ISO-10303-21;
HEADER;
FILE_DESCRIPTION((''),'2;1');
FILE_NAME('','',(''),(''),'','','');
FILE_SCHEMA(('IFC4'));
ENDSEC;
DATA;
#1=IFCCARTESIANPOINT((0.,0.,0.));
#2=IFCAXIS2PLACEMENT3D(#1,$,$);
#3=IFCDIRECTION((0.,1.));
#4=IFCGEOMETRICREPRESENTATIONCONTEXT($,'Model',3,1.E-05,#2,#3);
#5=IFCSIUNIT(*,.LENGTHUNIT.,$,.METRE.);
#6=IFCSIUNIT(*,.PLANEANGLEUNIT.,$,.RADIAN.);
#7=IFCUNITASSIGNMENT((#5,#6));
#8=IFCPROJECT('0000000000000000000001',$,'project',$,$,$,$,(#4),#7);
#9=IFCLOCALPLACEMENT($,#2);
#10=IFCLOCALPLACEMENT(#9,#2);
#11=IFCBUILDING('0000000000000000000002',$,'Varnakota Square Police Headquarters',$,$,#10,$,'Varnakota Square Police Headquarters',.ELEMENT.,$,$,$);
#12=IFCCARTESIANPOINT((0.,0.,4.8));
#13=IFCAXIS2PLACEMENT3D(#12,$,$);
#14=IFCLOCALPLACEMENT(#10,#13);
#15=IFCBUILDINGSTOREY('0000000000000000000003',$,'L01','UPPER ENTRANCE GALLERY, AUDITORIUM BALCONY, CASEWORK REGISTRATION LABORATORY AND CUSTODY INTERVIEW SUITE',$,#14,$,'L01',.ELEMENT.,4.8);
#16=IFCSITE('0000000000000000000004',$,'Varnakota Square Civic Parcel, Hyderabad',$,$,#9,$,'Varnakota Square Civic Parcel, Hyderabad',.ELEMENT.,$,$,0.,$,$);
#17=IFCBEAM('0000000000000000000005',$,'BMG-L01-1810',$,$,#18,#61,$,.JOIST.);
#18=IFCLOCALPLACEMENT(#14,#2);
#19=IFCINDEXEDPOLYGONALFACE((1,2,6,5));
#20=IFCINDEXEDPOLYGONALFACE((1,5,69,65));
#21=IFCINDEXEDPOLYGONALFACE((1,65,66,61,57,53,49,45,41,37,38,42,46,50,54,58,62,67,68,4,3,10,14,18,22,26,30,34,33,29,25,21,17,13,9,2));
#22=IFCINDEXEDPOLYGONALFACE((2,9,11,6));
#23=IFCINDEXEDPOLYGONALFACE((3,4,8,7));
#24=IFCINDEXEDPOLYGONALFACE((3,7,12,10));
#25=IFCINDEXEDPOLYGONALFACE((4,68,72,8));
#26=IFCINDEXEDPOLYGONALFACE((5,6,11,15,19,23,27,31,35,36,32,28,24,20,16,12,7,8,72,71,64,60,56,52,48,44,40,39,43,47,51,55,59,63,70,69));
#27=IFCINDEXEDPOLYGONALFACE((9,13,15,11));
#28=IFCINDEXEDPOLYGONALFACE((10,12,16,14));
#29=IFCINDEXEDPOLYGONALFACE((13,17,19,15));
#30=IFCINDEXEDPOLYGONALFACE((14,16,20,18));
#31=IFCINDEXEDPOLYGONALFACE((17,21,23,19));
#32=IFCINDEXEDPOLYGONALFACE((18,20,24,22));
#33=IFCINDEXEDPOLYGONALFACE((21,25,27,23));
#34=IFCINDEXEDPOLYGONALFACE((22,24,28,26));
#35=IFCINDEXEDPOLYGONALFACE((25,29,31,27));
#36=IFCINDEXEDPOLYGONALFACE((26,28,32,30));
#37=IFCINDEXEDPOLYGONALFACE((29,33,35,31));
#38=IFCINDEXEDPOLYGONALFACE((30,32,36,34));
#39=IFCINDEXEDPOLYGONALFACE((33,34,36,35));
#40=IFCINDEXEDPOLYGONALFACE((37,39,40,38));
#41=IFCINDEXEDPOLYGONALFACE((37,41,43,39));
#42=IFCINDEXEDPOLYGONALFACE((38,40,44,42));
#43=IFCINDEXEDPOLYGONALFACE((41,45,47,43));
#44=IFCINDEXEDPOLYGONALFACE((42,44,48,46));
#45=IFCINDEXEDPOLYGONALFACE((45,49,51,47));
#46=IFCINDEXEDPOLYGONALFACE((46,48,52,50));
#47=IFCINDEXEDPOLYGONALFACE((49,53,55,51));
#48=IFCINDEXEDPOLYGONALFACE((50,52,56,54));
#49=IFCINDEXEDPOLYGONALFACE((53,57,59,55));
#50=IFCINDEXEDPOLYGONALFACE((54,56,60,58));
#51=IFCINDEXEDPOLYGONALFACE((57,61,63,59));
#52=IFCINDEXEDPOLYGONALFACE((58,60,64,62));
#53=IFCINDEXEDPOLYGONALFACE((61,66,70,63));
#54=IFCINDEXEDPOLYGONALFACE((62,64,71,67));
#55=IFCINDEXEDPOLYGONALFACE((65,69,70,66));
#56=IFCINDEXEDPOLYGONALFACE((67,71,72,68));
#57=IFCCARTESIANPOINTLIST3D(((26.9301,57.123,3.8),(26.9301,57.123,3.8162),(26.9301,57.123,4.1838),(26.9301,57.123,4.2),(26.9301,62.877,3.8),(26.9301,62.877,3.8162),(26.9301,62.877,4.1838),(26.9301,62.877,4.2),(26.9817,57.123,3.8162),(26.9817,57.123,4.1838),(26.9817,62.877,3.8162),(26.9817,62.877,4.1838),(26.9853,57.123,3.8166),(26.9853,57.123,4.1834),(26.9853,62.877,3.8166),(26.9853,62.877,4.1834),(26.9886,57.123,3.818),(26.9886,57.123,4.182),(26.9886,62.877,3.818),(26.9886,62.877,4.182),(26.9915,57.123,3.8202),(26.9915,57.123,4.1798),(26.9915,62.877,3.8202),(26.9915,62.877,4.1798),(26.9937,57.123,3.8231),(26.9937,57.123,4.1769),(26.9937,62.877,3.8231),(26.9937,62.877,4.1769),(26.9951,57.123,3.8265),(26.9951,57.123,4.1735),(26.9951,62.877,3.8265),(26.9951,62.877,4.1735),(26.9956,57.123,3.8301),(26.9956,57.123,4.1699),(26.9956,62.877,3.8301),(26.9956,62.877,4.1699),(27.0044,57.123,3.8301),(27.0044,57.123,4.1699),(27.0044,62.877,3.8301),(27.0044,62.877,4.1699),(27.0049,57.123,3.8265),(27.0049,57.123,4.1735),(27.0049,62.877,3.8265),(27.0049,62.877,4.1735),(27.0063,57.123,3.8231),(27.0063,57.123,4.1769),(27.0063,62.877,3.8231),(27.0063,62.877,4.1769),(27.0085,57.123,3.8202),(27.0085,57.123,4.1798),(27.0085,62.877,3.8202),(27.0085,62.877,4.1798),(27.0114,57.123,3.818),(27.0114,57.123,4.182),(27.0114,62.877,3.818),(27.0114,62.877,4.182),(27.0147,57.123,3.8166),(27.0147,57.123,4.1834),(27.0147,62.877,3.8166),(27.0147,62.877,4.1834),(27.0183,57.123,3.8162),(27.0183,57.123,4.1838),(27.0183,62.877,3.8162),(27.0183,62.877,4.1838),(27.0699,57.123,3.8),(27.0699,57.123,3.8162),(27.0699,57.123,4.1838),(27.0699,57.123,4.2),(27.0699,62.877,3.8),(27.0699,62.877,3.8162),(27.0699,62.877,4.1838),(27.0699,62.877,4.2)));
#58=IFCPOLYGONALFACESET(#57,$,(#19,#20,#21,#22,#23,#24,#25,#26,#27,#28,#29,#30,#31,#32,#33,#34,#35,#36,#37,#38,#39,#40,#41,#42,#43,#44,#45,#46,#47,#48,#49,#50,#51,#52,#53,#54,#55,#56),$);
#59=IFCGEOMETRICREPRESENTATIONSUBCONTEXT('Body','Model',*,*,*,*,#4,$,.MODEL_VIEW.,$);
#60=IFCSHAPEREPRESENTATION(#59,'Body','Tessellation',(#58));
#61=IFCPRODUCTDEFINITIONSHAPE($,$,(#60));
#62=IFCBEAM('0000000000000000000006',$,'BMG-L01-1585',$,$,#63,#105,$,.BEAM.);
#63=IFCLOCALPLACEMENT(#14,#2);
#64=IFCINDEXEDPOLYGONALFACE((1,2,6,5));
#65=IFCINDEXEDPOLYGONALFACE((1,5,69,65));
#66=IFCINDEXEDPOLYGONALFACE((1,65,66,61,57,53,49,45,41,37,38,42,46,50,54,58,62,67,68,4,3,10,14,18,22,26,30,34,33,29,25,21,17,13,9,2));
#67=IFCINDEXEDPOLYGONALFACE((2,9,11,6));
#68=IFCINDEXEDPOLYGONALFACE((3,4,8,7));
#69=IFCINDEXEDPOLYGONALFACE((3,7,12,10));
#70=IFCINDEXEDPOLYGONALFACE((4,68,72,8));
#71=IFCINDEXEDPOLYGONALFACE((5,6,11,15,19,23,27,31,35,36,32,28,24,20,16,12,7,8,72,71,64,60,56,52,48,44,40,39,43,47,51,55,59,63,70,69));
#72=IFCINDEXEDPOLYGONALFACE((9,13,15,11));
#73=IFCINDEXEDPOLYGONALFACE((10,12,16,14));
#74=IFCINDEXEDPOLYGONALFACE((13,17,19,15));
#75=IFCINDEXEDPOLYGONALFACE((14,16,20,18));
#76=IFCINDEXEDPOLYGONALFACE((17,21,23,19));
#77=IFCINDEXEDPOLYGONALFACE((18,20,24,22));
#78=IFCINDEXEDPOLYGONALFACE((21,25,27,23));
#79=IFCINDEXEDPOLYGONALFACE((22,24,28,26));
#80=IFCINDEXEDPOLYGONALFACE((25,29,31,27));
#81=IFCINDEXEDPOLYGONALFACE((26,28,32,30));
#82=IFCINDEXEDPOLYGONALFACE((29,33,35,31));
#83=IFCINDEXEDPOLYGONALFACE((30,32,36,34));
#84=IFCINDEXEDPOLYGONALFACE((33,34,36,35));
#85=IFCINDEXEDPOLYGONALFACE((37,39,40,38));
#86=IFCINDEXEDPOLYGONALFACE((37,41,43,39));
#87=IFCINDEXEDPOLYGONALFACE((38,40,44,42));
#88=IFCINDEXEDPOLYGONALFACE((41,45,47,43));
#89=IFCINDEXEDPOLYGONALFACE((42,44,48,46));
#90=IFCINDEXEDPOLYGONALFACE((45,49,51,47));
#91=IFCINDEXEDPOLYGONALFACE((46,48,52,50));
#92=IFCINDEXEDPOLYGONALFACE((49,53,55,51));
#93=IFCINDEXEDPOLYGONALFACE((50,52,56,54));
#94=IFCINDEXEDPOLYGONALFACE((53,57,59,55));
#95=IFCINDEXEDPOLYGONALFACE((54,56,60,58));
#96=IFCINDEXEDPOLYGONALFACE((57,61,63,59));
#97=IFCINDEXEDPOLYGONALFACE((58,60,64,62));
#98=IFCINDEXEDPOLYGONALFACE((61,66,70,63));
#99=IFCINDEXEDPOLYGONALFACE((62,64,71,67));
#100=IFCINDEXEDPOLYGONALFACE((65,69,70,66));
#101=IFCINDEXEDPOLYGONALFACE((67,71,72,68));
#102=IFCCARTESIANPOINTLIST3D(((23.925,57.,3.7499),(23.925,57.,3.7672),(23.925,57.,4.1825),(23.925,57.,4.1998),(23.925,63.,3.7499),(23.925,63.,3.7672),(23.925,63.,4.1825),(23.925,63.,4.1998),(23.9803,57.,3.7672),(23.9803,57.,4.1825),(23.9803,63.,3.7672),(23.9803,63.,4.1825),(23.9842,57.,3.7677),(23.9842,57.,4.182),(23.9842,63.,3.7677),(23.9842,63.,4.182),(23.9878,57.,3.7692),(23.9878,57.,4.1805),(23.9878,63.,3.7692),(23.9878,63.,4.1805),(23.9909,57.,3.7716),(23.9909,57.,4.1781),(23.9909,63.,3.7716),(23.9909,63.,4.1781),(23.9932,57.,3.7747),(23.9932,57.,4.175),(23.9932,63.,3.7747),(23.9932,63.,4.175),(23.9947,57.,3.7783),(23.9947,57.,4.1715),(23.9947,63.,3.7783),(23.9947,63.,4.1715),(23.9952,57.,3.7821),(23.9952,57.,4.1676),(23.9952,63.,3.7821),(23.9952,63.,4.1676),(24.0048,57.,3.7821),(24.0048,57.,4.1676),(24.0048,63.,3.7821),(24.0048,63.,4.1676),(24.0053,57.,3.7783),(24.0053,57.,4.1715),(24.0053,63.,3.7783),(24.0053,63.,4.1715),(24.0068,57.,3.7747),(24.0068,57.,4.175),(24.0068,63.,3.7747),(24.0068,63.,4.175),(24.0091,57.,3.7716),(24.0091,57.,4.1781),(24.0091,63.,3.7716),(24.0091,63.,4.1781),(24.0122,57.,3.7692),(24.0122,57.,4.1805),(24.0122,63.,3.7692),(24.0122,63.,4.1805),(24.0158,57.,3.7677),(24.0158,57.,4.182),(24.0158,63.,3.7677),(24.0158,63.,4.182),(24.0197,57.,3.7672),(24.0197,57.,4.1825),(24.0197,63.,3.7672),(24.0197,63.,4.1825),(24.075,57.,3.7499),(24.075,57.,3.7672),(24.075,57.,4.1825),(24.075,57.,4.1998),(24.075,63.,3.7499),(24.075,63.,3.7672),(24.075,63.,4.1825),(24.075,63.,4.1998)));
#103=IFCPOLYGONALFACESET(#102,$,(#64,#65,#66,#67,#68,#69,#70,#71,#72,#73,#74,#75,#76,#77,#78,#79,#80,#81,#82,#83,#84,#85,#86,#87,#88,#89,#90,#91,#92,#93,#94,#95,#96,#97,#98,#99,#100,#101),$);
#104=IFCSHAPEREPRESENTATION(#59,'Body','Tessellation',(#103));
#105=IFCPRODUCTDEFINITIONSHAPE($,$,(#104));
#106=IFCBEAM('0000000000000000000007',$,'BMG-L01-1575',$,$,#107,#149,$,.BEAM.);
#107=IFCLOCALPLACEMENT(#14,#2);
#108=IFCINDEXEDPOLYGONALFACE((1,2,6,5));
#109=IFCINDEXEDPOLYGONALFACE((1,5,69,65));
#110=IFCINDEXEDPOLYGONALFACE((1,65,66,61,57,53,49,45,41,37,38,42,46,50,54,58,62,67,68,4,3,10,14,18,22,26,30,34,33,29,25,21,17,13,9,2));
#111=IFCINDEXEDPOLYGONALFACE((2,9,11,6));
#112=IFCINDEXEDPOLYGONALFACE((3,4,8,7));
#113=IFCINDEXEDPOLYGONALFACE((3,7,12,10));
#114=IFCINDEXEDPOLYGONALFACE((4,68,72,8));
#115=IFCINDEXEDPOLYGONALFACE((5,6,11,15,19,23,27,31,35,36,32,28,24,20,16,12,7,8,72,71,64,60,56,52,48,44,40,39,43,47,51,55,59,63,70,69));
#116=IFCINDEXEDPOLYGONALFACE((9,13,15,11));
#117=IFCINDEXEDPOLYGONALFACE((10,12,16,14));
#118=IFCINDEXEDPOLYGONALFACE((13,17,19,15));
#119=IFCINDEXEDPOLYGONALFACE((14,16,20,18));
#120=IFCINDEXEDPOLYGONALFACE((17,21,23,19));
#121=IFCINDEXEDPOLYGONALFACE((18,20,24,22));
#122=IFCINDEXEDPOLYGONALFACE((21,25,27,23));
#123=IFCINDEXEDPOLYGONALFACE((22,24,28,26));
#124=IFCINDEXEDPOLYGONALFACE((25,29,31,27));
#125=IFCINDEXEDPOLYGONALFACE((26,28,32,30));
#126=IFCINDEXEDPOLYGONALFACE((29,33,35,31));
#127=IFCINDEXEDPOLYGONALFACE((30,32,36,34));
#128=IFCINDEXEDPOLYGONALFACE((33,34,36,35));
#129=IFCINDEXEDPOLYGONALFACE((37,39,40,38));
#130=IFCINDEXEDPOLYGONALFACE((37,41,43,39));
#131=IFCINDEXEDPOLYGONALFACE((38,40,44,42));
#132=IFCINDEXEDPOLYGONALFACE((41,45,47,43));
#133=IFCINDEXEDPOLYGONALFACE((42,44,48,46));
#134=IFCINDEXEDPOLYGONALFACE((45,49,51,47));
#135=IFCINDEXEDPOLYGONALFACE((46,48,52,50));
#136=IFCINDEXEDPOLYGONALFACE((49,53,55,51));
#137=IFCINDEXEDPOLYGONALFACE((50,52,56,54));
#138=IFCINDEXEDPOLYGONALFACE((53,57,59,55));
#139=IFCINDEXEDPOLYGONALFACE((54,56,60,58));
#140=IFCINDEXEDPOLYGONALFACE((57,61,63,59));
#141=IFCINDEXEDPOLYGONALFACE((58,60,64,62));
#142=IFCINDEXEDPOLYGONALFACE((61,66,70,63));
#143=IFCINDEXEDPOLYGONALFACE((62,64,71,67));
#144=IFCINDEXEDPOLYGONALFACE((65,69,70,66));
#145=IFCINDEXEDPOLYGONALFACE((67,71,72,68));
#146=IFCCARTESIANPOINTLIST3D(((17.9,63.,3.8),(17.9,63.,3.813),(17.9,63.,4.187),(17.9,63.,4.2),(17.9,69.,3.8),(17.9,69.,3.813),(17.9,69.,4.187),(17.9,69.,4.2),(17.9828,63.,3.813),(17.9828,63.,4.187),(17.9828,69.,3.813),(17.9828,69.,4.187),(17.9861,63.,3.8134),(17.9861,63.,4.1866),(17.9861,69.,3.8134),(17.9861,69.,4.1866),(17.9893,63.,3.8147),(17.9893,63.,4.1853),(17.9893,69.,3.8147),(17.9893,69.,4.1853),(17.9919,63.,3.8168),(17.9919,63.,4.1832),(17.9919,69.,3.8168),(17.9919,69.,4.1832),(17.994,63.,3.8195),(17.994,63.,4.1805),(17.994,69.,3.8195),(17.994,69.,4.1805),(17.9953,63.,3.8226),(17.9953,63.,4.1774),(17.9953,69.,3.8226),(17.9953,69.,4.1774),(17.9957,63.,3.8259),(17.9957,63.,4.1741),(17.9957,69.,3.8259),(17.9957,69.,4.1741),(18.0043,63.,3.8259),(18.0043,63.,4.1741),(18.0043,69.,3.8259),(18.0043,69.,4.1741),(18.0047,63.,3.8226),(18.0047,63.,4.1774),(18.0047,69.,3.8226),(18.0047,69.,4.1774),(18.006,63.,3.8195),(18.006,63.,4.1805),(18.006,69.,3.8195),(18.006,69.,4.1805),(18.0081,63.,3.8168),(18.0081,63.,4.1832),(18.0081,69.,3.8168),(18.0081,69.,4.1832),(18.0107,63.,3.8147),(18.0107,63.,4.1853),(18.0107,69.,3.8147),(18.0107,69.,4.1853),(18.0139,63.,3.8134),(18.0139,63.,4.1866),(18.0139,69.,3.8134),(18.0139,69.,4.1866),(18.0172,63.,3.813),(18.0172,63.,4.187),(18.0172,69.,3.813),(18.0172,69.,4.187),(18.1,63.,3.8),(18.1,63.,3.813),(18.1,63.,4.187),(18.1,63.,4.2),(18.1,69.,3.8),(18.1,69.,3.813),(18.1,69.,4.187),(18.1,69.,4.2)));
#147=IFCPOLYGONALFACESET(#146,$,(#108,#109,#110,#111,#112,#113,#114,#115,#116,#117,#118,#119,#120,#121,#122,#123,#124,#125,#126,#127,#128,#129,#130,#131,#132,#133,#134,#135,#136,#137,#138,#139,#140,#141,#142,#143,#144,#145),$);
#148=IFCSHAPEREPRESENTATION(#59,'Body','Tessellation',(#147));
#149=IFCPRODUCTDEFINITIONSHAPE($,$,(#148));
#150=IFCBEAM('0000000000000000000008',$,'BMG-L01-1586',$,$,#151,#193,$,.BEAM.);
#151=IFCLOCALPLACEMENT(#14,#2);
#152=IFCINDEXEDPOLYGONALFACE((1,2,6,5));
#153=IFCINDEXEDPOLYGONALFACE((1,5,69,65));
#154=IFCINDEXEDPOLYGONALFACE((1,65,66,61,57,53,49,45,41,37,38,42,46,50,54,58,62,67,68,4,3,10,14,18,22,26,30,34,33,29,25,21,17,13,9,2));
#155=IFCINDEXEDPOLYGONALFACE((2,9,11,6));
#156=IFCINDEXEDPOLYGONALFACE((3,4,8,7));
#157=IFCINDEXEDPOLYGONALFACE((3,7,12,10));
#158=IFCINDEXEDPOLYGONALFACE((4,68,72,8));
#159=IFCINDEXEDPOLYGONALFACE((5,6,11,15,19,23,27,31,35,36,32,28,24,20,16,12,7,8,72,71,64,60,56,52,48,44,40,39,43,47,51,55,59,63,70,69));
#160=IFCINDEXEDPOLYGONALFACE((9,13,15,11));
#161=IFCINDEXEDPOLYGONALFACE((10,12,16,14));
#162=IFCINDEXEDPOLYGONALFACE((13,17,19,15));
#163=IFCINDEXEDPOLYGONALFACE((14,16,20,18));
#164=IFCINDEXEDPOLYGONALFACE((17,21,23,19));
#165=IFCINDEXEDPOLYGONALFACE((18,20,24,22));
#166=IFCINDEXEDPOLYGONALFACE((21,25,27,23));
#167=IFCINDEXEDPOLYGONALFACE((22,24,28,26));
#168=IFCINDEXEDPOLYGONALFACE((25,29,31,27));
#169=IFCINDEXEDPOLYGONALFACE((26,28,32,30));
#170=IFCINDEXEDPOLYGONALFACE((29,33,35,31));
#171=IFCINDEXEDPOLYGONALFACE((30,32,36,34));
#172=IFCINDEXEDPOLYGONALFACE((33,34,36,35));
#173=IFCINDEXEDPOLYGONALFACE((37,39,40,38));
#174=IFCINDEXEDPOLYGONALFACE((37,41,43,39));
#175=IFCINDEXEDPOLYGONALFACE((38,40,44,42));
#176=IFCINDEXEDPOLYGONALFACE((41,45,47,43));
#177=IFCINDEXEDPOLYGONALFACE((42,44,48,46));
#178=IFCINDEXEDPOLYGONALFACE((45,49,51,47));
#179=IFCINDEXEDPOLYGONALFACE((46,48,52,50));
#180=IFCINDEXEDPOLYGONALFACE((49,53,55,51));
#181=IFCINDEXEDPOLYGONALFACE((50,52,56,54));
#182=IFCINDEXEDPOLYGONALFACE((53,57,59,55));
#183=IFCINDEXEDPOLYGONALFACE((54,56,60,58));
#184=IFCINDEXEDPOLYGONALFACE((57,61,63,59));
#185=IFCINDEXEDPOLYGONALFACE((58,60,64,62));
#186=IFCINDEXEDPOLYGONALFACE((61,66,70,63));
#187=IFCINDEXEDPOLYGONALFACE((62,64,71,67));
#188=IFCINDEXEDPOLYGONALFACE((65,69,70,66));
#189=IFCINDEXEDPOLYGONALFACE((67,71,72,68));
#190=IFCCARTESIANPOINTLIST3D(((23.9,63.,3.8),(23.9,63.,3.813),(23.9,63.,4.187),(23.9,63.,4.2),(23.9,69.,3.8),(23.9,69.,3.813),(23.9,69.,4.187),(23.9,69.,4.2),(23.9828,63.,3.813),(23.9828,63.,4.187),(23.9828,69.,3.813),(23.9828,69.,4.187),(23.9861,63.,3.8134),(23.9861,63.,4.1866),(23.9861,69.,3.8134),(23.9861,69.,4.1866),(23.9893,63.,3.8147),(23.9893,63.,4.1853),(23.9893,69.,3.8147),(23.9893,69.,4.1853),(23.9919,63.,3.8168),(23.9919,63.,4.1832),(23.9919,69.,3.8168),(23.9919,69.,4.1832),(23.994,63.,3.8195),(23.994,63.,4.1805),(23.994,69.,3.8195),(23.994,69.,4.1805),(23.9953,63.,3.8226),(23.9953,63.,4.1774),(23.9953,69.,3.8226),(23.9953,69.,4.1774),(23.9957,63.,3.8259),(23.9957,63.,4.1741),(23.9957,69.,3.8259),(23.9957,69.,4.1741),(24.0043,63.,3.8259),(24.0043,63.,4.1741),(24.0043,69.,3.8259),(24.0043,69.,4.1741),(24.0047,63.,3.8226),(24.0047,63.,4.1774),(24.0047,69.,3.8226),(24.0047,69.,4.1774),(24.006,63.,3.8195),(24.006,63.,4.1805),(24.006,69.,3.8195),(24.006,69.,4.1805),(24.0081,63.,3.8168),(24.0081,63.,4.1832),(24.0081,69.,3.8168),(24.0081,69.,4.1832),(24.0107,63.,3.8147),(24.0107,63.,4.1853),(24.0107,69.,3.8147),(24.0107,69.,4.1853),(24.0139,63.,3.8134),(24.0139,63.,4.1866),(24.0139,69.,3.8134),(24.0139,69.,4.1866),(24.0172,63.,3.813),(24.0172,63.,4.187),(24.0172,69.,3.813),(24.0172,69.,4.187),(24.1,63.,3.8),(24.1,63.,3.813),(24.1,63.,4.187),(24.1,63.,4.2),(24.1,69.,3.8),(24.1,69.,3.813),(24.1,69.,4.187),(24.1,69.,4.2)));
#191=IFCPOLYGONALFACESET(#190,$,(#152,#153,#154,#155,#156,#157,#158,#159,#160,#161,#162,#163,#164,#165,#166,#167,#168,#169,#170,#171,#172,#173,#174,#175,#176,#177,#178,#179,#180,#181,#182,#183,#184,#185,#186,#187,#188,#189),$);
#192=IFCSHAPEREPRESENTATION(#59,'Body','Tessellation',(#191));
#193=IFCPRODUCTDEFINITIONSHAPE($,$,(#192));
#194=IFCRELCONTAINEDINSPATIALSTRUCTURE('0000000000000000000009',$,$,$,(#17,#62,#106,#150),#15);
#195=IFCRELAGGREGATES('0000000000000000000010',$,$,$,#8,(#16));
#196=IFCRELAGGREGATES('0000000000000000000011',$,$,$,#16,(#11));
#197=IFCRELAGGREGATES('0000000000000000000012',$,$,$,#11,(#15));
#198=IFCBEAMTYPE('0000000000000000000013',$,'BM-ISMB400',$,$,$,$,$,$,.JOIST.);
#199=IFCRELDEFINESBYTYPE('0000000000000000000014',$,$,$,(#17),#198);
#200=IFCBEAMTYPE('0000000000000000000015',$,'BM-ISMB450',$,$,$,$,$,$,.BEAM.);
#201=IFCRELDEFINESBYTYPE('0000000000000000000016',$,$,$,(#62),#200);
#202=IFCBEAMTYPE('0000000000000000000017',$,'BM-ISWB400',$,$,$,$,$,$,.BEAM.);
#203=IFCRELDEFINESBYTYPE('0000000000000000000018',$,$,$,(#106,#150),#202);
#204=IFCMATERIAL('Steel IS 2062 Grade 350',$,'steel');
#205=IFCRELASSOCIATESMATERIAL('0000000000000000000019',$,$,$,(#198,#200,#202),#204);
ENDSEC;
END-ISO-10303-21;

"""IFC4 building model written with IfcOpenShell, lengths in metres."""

from ifc_helpers import new_model, si_unit, direction, frame, origin, origin_2d, place, context, subcontext, project, spatial, i_section, extrude, material, material_profile, profile_set, type_object, element, save


model = new_model("IFC4")

# Units and contexts
model_context = context("Model", 3, precision=1e-05, world=origin(), true_north=direction((0.0, 1.0)))
body_context = subcontext(model_context, "Body", "Model", "MODEL_VIEW")
ifc_project = project(units=[si_unit("LENGTHUNIT", "METRE"), si_unit("PLANEANGLEUNIT", "RADIAN")], contexts=[model_context])

# Site, building, storey
site_placement = place(None, origin())
site = spatial("IfcSite", under=ifc_project, at=site_placement, Name="Varnakota Square Civic Parcel, Hyderabad", LongName="Varnakota Square Civic Parcel, Hyderabad", CompositionType="ELEMENT", RefElevation=0.0)
building_placement = place(site_placement, origin())
building = spatial("IfcBuilding", under=site, at=building_placement, Name="Varnakota Square Police Headquarters", LongName="Varnakota Square Police Headquarters", CompositionType="ELEMENT")
storey_placement = place(building_placement, frame((0.0, 0.0, 4.8)))
storey = spatial("IfcBuildingStorey", under=building, at=storey_placement, Name="L01", Description="UPPER ENTRANCE GALLERY, AUDITORIUM BALCONY, CASEWORK REGISTRATION LABORATORY AND CUSTODY INTERVIEW SUITE", LongName="L01", CompositionType="ELEMENT", Elevation=4.8)

# Shared definitions
ifc_material_1 = material(Name="Steel IS 2062 Grade 350", Category="steel")

# Beams
ifc_material_profile_1 = material_profile(ifc_material_1, i_section(OverallWidth=0.1399, OverallDepth=0.3999, WebThickness=0.0088, FlangeThickness=0.0161, FilletRadius=0.0139, at=origin_2d()), Name="ISMB 400")
ifc_profile_set_1 = profile_set([ifc_material_profile_1], Name="Steel IS 2062 Grade 350")
beam_type_1 = type_object("IfcBeamType", Name="BM-ISMB400", PredefinedType="JOIST", material=ifc_profile_set_1)
beam_1_placement = place(storey_placement, frame((27.0, 57.123, 4.0), z_axis=(0.0, 1.0, 0.0), x_axis=(-1.0, 0.0, 0.0)))
element("IfcBeam", 1, at=beam_1_placement, inside=storey, type_object=beam_type_1, Name="BMG-L01-1810", PredefinedType="JOIST", context=body_context, shape_type="SweptSolid", body=[
    extrude(i_section(OverallWidth=0.1399, OverallDepth=0.3999, WebThickness=0.0088, FlangeThickness=0.0161, FilletRadius=0.0139, at=origin_2d()), origin(), (0.0, 0.0, 1.0), 5.7539),
])
ifc_material_profile_2 = material_profile(ifc_material_1, i_section(OverallWidth=0.1499, OverallDepth=0.45, WebThickness=0.0095, FlangeThickness=0.0173, FilletRadius=0.0149, at=origin_2d()), Name="ISMB 450")
ifc_profile_set_2 = profile_set([ifc_material_profile_2], Name="Steel IS 2062 Grade 350")
beam_type_2 = type_object("IfcBeamType", Name="BM-ISMB450", PredefinedType="BEAM", material=ifc_profile_set_2)
beam_2_placement = place(storey_placement, frame((24.0, 57.0, 3.9749), z_axis=(0.0, 1.0, 0.0), x_axis=(-1.0, 0.0, 0.0)))
element("IfcBeam", 2, at=beam_2_placement, inside=storey, type_object=beam_type_2, Name="BMG-L01-1585", PredefinedType="BEAM", context=body_context, shape_type="SweptSolid", body=[
    extrude(i_section(OverallWidth=0.1499, OverallDepth=0.45, WebThickness=0.0095, FlangeThickness=0.0173, FilletRadius=0.0149, at=origin_2d()), origin(), (0.0, 0.0, 1.0), 6.0),
])
ifc_material_profile_3 = material_profile(ifc_material_1, i_section(OverallWidth=0.2, OverallDepth=0.3999, WebThickness=0.0085, FlangeThickness=0.0129, FilletRadius=0.0129, at=origin_2d()), Name="ISWB 400")
ifc_profile_set_3 = profile_set([ifc_material_profile_3], Name="Steel IS 2062 Grade 350")
beam_type_3 = type_object("IfcBeamType", Name="BM-ISWB400", PredefinedType="BEAM", material=ifc_profile_set_3)
for number, where, z_axis, x_axis, name in (
    (3, (18.0, 63.0, 4.0), (0.0, 1.0, 0.0), (-1.0, 0.0, 0.0), "BMG-L01-1575"),
    (4, (24.0, 63.0, 4.0), (0.0, 1.0, 0.0), (-1.0, 0.0, 0.0), "BMG-L01-1586"),
):
    element("IfcBeam", number, at=place(storey_placement, frame(where, z_axis=z_axis, x_axis=x_axis)), inside=storey, type_object=beam_type_3, Name=name, PredefinedType="BEAM", context=body_context, shape_type="SweptSolid", body=[
        extrude(i_section(OverallWidth=0.2, OverallDepth=0.3999, WebThickness=0.0085, FlangeThickness=0.0129, FilletRadius=0.0129, at=origin_2d()), origin(), (0.0, 0.0, 1.0), 6.0),
    ])

save(model, "model.ifc")
